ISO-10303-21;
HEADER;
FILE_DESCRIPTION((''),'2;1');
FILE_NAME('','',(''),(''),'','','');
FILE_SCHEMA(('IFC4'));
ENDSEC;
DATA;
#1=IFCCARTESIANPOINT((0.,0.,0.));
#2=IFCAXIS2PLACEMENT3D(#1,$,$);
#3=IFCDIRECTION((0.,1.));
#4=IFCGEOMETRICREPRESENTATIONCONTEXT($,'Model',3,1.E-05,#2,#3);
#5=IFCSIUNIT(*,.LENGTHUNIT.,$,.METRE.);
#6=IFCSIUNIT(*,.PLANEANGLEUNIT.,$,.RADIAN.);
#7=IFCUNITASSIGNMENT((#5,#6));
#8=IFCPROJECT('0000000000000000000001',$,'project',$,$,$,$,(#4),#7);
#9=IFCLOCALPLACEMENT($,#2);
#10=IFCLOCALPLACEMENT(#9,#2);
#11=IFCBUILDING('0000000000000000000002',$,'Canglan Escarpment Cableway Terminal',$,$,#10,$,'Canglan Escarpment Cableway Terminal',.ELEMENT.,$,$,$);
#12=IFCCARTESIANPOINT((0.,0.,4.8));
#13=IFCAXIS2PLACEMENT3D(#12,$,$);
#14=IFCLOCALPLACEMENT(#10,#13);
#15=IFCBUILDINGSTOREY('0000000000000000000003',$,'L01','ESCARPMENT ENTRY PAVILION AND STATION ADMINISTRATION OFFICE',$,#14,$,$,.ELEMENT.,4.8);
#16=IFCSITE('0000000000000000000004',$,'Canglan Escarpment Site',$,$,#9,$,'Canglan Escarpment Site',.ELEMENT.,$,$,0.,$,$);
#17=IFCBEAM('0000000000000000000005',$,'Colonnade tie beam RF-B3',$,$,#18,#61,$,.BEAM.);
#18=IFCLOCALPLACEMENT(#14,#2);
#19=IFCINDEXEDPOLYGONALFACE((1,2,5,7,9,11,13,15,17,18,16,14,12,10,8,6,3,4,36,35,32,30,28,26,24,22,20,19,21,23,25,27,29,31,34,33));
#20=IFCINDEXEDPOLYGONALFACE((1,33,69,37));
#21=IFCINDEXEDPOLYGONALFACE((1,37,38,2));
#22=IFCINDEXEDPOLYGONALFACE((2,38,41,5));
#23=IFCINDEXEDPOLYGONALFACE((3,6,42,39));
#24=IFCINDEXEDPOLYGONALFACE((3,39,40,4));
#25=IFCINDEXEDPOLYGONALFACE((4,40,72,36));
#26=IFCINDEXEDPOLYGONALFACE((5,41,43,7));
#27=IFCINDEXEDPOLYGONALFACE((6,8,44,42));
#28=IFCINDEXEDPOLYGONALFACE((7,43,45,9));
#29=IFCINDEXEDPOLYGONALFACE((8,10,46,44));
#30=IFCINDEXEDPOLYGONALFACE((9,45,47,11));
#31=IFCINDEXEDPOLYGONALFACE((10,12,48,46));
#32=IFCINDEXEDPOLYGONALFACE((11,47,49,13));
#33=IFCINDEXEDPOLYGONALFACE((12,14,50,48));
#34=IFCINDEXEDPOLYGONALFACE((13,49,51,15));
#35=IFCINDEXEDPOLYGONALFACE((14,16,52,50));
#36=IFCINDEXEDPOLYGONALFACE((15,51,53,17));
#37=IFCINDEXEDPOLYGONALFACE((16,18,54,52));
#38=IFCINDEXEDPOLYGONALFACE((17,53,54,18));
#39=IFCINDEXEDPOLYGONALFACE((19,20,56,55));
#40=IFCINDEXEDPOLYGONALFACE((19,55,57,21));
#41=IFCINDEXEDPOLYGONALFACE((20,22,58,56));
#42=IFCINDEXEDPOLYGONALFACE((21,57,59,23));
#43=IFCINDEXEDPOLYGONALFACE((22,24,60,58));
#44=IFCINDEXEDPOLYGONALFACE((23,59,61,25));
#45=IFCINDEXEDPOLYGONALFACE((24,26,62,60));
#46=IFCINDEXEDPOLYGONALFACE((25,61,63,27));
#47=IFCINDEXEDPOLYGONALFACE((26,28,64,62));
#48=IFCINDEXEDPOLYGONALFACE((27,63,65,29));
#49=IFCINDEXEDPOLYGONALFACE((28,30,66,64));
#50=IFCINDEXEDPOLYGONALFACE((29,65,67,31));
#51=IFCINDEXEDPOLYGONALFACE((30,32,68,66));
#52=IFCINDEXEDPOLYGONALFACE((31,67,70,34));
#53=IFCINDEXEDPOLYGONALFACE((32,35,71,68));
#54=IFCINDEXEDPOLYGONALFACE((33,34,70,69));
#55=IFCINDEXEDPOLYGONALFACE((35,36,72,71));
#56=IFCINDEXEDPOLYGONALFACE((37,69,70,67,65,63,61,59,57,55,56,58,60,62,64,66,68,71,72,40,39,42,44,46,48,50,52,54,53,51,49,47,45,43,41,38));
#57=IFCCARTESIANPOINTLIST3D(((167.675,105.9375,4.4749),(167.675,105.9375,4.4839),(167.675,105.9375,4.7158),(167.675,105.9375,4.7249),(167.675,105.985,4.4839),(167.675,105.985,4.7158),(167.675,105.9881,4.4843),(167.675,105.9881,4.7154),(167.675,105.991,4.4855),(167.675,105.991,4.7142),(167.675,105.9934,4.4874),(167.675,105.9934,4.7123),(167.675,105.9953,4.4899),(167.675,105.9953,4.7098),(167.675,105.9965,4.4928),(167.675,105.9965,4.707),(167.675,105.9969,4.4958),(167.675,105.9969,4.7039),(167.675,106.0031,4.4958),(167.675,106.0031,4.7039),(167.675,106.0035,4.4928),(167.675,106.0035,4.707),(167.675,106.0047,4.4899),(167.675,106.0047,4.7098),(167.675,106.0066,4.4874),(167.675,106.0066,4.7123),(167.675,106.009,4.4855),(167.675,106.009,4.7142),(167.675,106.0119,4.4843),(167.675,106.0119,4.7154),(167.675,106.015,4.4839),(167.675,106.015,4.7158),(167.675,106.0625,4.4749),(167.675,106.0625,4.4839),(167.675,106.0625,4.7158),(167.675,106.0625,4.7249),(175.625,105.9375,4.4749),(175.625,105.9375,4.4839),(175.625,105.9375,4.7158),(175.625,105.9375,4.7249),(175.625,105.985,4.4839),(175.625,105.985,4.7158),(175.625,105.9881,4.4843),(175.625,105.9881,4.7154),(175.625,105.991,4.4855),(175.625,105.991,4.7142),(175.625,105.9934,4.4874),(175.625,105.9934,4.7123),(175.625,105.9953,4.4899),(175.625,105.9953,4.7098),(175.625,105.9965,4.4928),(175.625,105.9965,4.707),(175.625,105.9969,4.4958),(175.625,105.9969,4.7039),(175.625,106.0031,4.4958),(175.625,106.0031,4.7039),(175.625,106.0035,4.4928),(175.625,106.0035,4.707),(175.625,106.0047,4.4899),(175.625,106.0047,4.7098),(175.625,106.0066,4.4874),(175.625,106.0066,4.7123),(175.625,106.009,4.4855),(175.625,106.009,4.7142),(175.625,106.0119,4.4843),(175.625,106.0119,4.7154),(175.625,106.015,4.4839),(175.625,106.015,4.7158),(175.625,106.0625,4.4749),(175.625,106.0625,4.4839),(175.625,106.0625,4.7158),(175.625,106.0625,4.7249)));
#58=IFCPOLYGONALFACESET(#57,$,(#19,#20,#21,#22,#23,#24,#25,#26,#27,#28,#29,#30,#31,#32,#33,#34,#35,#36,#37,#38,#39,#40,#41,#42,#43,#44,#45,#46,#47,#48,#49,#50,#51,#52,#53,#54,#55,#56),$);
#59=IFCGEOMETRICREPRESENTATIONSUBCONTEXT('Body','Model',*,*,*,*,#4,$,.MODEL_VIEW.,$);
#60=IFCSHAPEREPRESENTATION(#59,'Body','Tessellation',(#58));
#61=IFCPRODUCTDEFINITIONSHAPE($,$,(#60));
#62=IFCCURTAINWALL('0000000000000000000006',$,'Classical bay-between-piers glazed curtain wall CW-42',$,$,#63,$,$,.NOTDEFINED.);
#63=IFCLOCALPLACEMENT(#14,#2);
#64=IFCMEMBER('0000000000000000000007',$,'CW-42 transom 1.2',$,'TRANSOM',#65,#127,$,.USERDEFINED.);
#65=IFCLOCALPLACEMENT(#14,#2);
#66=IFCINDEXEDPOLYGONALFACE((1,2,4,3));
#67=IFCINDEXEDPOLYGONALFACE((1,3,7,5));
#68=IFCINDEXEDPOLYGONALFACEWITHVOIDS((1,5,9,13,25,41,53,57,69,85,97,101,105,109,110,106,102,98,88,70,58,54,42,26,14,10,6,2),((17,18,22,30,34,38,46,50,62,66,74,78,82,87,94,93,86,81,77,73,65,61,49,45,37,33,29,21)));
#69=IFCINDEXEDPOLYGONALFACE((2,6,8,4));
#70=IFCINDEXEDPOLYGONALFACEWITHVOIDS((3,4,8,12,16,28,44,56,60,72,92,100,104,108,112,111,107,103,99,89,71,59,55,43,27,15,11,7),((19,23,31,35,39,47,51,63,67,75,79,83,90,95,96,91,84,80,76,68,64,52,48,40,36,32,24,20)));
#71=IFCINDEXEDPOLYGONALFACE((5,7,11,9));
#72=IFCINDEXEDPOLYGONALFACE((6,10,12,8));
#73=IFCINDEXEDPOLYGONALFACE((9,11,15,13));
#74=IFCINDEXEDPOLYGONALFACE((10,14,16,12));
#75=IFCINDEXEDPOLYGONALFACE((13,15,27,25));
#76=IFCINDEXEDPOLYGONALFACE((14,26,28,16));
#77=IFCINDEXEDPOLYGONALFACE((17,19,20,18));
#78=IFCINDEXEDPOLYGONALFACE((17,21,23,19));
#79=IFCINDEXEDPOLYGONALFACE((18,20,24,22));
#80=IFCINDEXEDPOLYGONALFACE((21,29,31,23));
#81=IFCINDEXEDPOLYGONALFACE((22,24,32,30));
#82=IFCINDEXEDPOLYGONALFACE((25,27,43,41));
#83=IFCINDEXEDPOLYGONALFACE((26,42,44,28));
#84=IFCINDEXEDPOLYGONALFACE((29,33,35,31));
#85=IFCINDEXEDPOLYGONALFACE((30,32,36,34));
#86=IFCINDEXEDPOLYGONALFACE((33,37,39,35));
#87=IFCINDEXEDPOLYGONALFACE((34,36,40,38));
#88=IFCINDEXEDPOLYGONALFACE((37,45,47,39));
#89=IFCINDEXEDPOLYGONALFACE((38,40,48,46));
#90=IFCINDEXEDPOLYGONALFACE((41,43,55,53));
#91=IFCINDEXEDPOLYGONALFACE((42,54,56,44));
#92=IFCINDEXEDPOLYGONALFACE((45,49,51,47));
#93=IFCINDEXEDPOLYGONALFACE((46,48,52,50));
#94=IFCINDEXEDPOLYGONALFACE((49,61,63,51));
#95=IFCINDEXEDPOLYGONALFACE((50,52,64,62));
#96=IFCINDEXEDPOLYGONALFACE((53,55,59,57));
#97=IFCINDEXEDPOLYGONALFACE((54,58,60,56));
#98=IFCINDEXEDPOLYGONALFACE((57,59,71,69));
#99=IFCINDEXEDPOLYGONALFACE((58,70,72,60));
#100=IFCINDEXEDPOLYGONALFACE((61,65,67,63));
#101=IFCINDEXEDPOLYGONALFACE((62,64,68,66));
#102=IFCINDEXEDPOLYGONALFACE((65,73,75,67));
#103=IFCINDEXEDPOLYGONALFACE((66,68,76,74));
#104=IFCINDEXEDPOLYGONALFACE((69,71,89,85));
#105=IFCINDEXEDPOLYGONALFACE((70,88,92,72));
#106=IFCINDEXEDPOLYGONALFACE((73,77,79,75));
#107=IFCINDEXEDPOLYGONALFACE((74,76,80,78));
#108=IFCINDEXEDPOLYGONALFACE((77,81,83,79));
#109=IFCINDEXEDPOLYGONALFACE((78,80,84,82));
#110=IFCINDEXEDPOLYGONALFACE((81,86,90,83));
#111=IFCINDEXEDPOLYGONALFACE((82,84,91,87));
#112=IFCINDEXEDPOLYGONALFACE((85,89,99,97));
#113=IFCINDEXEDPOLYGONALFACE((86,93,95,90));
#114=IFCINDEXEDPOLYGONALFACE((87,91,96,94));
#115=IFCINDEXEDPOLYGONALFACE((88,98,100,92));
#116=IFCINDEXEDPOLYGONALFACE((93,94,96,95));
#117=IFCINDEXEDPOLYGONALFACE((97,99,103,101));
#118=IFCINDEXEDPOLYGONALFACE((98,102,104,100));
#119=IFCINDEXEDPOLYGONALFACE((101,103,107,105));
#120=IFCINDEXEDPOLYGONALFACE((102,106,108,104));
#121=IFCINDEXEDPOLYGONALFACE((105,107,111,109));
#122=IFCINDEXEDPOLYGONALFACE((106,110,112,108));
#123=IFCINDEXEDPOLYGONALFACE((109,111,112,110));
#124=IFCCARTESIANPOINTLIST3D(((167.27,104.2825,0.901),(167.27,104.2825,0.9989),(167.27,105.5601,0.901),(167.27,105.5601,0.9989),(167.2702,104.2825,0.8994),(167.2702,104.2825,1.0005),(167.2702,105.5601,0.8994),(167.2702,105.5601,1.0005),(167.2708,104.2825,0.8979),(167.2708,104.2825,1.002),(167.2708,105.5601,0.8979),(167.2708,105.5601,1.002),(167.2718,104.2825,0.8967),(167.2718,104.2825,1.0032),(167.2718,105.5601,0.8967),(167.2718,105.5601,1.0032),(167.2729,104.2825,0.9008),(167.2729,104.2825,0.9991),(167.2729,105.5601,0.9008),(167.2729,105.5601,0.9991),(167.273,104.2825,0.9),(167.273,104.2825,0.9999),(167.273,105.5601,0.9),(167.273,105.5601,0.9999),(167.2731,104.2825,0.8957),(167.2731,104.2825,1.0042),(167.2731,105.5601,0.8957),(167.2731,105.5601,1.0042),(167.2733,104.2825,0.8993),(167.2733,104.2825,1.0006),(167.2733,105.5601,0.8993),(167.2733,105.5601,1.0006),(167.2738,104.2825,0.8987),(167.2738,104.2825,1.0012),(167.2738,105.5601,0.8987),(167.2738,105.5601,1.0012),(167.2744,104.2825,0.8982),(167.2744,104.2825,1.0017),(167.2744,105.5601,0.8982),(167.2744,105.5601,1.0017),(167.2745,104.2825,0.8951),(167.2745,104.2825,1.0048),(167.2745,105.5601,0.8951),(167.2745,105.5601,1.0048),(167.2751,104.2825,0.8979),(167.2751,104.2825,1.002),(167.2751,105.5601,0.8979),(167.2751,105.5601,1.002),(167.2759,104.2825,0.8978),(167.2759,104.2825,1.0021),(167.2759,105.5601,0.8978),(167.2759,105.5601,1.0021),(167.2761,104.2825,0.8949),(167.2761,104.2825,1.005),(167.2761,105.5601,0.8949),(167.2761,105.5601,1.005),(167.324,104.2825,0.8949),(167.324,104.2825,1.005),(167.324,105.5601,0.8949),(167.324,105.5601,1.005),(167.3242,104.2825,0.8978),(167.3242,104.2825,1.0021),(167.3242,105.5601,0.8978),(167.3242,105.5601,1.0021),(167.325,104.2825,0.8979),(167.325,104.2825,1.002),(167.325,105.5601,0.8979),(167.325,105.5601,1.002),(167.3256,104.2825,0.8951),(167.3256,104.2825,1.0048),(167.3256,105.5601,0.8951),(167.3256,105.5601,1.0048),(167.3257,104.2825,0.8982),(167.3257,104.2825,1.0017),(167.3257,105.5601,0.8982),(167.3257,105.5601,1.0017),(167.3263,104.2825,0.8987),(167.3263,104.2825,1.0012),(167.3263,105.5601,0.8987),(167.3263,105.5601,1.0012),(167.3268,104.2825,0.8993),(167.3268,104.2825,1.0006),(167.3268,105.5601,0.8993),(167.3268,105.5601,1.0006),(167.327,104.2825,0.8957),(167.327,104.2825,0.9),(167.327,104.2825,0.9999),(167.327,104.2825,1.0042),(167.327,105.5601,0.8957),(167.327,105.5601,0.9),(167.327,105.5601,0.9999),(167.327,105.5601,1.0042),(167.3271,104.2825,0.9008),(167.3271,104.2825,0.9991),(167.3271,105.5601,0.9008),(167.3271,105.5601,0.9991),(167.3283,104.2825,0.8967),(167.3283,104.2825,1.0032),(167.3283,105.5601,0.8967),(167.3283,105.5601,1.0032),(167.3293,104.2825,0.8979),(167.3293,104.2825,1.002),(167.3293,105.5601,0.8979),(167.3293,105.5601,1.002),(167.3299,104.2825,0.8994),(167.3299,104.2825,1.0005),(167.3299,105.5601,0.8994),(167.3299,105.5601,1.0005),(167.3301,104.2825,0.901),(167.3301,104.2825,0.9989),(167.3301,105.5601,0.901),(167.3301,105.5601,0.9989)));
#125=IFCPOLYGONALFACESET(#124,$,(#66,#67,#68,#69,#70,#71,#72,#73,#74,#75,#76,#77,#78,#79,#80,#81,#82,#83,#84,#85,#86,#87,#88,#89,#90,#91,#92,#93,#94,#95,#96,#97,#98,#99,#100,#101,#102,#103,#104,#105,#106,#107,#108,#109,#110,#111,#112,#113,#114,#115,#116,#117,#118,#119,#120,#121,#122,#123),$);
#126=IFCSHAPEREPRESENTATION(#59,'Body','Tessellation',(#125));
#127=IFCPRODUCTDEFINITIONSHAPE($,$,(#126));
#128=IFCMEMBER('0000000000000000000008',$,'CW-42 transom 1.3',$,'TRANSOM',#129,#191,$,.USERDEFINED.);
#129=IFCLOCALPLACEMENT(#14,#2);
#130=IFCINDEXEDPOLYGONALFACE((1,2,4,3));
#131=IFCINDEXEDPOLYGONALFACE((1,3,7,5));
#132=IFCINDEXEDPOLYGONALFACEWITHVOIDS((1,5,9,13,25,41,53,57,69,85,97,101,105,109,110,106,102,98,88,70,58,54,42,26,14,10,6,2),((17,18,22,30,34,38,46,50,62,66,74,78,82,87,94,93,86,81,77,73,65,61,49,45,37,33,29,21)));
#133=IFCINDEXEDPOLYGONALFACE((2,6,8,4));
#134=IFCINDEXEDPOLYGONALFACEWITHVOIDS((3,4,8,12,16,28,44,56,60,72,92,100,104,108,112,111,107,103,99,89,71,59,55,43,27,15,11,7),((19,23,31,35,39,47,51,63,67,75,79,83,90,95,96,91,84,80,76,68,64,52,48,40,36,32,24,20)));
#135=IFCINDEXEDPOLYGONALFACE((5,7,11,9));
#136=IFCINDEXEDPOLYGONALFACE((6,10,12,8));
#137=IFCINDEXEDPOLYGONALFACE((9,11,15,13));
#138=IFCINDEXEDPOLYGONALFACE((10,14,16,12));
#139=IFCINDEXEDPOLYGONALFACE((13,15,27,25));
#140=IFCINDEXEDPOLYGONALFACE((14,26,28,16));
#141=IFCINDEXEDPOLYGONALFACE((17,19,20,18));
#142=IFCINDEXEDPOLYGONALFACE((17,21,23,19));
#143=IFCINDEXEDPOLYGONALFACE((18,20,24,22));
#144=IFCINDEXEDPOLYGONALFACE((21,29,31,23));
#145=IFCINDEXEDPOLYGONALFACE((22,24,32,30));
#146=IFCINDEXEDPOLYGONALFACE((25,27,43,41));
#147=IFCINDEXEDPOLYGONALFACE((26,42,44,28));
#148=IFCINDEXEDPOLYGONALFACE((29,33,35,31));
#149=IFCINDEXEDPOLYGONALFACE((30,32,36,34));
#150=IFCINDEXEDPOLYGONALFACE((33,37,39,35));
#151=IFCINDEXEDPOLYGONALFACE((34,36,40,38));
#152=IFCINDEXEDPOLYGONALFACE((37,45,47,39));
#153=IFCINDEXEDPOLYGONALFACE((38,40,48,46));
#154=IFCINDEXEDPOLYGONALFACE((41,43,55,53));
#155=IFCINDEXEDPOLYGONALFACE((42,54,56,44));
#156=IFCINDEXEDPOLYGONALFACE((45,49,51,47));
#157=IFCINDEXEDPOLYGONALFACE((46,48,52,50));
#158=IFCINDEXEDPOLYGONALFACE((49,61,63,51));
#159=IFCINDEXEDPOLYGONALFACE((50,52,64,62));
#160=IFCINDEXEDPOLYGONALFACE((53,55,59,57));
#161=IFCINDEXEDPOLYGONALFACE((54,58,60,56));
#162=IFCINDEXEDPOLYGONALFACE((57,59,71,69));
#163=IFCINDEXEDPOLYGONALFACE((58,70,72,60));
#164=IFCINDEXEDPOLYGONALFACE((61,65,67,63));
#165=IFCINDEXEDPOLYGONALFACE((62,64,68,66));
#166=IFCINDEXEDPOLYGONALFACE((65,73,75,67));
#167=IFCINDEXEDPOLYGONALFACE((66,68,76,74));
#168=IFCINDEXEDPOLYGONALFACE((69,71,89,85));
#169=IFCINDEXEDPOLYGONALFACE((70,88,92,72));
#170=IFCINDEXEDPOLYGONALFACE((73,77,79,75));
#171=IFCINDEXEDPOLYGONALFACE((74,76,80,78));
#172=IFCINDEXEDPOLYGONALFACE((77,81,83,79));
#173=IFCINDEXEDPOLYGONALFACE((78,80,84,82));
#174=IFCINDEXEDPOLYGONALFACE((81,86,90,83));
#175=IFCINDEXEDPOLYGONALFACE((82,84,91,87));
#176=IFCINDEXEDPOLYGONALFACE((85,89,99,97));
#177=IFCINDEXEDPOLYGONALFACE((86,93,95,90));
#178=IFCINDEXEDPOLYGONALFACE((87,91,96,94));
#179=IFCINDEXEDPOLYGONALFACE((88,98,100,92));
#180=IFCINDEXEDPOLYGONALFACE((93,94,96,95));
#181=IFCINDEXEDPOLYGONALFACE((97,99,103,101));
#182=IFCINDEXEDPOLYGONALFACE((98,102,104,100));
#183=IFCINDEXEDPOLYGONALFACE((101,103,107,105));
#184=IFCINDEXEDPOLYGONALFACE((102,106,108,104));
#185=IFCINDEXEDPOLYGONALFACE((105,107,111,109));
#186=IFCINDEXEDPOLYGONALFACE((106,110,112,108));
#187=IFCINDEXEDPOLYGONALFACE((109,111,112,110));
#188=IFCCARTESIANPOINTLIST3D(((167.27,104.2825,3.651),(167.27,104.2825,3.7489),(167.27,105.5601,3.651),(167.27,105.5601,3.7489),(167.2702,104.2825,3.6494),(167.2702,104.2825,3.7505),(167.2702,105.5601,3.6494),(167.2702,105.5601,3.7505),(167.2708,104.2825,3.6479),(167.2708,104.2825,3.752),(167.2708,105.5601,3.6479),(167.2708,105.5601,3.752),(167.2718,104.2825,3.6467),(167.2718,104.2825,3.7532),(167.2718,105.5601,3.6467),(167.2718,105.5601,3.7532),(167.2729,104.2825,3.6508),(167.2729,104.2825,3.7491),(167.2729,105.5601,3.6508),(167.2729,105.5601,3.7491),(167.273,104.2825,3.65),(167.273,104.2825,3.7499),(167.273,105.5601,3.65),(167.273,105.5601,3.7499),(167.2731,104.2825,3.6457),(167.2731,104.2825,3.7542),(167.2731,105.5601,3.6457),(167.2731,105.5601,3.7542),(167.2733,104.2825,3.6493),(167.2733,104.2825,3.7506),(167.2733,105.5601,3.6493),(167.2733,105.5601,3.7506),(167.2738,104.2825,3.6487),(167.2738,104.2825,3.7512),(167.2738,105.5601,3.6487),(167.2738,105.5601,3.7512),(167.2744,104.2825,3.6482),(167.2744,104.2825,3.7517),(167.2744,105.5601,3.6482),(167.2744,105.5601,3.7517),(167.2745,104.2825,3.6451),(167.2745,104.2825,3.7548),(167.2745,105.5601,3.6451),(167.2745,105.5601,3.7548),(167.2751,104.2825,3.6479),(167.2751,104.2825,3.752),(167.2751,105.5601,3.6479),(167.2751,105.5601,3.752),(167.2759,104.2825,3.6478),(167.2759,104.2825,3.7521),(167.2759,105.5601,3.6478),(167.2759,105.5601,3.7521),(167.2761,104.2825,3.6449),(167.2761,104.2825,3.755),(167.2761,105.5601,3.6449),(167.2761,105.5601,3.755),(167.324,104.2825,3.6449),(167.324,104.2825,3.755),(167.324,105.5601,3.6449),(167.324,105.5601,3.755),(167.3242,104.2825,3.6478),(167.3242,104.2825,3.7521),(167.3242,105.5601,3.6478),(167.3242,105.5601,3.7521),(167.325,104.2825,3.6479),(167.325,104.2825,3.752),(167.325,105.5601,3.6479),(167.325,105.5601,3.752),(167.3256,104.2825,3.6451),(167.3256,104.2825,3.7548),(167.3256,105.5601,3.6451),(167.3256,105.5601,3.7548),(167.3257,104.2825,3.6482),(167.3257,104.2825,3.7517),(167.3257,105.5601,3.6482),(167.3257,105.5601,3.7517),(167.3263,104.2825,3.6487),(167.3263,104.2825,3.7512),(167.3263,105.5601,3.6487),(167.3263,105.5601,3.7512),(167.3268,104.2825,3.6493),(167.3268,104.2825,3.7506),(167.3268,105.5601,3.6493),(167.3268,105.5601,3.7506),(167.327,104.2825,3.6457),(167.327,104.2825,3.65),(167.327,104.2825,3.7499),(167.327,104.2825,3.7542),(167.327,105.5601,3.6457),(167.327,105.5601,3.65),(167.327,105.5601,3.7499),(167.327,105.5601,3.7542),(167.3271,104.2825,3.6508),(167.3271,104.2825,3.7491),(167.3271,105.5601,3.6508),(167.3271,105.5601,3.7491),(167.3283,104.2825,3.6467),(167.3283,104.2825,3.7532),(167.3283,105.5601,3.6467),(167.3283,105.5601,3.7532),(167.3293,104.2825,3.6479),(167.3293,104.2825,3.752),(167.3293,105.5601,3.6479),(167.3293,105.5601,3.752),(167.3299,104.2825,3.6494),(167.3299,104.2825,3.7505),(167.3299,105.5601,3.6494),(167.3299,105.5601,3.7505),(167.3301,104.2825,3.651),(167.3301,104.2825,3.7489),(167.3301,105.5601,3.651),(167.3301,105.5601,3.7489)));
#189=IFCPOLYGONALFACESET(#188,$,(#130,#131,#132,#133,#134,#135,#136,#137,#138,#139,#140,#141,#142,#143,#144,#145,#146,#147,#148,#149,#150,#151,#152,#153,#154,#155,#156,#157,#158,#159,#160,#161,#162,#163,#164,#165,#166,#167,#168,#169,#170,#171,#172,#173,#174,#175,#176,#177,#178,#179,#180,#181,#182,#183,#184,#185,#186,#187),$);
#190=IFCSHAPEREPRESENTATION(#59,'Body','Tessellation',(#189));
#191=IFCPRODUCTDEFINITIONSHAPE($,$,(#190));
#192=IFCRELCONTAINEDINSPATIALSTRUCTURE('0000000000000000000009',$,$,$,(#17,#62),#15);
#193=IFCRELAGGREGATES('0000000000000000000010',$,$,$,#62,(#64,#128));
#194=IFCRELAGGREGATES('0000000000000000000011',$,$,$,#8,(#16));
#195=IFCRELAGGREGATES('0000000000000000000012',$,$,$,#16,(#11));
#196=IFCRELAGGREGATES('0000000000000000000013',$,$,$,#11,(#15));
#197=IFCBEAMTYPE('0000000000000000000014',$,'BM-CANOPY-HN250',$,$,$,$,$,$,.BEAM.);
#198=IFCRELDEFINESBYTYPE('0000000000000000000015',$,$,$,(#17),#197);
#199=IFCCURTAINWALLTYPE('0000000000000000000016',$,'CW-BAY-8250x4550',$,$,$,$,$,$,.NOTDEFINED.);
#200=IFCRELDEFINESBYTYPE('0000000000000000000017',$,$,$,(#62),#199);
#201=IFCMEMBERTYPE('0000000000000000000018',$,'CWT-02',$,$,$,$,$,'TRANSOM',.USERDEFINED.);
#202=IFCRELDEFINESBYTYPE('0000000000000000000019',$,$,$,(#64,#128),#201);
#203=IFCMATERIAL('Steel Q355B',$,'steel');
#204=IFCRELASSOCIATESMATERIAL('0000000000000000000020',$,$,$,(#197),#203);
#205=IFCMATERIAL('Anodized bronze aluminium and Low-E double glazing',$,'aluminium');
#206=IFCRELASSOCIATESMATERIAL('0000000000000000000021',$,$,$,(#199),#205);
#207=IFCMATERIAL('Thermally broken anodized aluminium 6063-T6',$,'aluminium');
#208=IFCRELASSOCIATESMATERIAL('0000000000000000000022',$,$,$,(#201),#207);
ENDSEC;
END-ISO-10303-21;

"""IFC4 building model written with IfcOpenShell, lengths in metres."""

from ifc_helpers import new_model, si_unit, direction, frame, origin, origin_2d, place, context, subcontext, project, spatial, hollow_rectangle, i_section, extrude, material, material_profile, profile_set, type_object, element, aggregate, save


model = new_model("IFC4")

# Units and contexts
model_context = context("Model", 3, precision=1e-05, world=origin(), true_north=direction((0.0, 1.0)))
body_context = subcontext(model_context, "Body", "Model", "MODEL_VIEW")
ifc_project = project(units=[si_unit("LENGTHUNIT", "METRE"), si_unit("PLANEANGLEUNIT", "RADIAN")], contexts=[model_context])

# Site, building, storey
site_placement = place(None, origin())
site = spatial("IfcSite", under=ifc_project, at=site_placement, Name="Canglan Escarpment Site", LongName="Canglan Escarpment Site", CompositionType="ELEMENT", RefElevation=0.0)
building_placement = place(site_placement, origin())
building = spatial("IfcBuilding", under=site, at=building_placement, Name="Canglan Escarpment Cableway Terminal", LongName="Canglan Escarpment Cableway Terminal", CompositionType="ELEMENT")
storey_placement = place(building_placement, frame((0.0, 0.0, 4.8)))
storey = spatial("IfcBuildingStorey", under=building, at=storey_placement, Name="L01", Description="ESCARPMENT ENTRY PAVILION AND STATION ADMINISTRATION OFFICE", CompositionType="ELEMENT", Elevation=4.8)

# Beam
ifc_material_1 = material(Name="Steel Q355B", Category="steel")
ifc_material_profile_1 = material_profile(ifc_material_1, i_section(OverallWidth=0.125, OverallDepth=0.25, WebThickness=0.0061, FlangeThickness=0.009, FilletRadius=0.012, at=origin_2d()), Name="HN 250x125x6x9")
ifc_profile_set_1 = profile_set([ifc_material_profile_1], Name="Steel Q355B")
beam_type = type_object("IfcBeamType", Name="BM-CANOPY-HN250", PredefinedType="BEAM", material=ifc_profile_set_1)
beam_placement = place(storey_placement, frame((167.675, 106.0, 4.5999), z_axis=(1.0, 0.0, 0.0), x_axis=(0.0, 1.0, 0.0)))
element("IfcBeam", 1, at=beam_placement, inside=storey, type_object=beam_type, Name="Colonnade tie beam RF-B3", PredefinedType="BEAM", context=body_context, shape_type="SweptSolid", body=[
    extrude(i_section(OverallWidth=0.125, OverallDepth=0.25, WebThickness=0.0061, FlangeThickness=0.009, FilletRadius=0.012, at=origin_2d()), origin(), (0.0, 0.0, 1.0), 7.95),
])

# Curtain wall, members
ifc_material_2 = material(Name="Anodized bronze aluminium and Low-E double glazing", Category="aluminium")
curtain_wall_type = type_object("IfcCurtainWallType", Name="CW-BAY-8250x4550", PredefinedType="NOTDEFINED", material=ifc_material_2)
curtain_wall_placement = place(storey_placement, origin())
curtain_wall = element("IfcCurtainWall", 2, at=curtain_wall_placement, inside=storey, type_object=curtain_wall_type, Name="Classical bay-between-piers glazed curtain wall CW-42", PredefinedType="NOTDEFINED")
ifc_material_3 = material(Name="Thermally broken anodized aluminium 6063-T6", Category="aluminium")
ifc_material_profile_2 = material_profile(ifc_material_3, hollow_rectangle(XDim=0.0601, YDim=0.1101, WallThickness=0.0029, InnerFilletRadius=0.0029, OuterFilletRadius=0.0061, at=origin_2d()), Name="ALU-TRAN 60x110x3")
ifc_profile_set_2 = profile_set([ifc_material_profile_2], Name="Thermally broken anodized aluminium 6063-T6")
member_type_1 = type_object("IfcMemberType", Name="CWT-02", ElementType="TRANSOM", PredefinedType="USERDEFINED", material=ifc_profile_set_2)
member_1_placement = place(storey_placement, frame((167.3, 105.5601, 0.95), z_axis=(0.0, -1.0, 0.0), x_axis=(1.0, 0.0, 0.0)))
member_1 = element("IfcMember", 3, at=member_1_placement, type_object=member_type_1, Name="CW-42 transom 1.2", ObjectType="TRANSOM", PredefinedType="USERDEFINED", context=body_context, shape_type="SweptSolid", body=[
    extrude(hollow_rectangle(XDim=0.0601, YDim=0.1101, WallThickness=0.0029, InnerFilletRadius=0.0029, OuterFilletRadius=0.0061, at=origin_2d()), origin(), (0.0, 0.0, 1.0), 1.2776),
])
member_2_placement = place(storey_placement, frame((167.3, 105.5601, 3.7), z_axis=(0.0, -1.0, 0.0), x_axis=(1.0, 0.0, 0.0)))
member_2 = element("IfcMember", 4, at=member_2_placement, type_object=member_type_1, Name="CW-42 transom 1.3", ObjectType="TRANSOM", PredefinedType="USERDEFINED", context=body_context, shape_type="SweptSolid", body=[
    extrude(hollow_rectangle(XDim=0.0601, YDim=0.1101, WallThickness=0.0029, InnerFilletRadius=0.0029, OuterFilletRadius=0.0061, at=origin_2d()), origin(), (0.0, 0.0, 1.0), 1.2776),
])

aggregate(curtain_wall, [member_1, member_2])

save(model, "model.ifc")
